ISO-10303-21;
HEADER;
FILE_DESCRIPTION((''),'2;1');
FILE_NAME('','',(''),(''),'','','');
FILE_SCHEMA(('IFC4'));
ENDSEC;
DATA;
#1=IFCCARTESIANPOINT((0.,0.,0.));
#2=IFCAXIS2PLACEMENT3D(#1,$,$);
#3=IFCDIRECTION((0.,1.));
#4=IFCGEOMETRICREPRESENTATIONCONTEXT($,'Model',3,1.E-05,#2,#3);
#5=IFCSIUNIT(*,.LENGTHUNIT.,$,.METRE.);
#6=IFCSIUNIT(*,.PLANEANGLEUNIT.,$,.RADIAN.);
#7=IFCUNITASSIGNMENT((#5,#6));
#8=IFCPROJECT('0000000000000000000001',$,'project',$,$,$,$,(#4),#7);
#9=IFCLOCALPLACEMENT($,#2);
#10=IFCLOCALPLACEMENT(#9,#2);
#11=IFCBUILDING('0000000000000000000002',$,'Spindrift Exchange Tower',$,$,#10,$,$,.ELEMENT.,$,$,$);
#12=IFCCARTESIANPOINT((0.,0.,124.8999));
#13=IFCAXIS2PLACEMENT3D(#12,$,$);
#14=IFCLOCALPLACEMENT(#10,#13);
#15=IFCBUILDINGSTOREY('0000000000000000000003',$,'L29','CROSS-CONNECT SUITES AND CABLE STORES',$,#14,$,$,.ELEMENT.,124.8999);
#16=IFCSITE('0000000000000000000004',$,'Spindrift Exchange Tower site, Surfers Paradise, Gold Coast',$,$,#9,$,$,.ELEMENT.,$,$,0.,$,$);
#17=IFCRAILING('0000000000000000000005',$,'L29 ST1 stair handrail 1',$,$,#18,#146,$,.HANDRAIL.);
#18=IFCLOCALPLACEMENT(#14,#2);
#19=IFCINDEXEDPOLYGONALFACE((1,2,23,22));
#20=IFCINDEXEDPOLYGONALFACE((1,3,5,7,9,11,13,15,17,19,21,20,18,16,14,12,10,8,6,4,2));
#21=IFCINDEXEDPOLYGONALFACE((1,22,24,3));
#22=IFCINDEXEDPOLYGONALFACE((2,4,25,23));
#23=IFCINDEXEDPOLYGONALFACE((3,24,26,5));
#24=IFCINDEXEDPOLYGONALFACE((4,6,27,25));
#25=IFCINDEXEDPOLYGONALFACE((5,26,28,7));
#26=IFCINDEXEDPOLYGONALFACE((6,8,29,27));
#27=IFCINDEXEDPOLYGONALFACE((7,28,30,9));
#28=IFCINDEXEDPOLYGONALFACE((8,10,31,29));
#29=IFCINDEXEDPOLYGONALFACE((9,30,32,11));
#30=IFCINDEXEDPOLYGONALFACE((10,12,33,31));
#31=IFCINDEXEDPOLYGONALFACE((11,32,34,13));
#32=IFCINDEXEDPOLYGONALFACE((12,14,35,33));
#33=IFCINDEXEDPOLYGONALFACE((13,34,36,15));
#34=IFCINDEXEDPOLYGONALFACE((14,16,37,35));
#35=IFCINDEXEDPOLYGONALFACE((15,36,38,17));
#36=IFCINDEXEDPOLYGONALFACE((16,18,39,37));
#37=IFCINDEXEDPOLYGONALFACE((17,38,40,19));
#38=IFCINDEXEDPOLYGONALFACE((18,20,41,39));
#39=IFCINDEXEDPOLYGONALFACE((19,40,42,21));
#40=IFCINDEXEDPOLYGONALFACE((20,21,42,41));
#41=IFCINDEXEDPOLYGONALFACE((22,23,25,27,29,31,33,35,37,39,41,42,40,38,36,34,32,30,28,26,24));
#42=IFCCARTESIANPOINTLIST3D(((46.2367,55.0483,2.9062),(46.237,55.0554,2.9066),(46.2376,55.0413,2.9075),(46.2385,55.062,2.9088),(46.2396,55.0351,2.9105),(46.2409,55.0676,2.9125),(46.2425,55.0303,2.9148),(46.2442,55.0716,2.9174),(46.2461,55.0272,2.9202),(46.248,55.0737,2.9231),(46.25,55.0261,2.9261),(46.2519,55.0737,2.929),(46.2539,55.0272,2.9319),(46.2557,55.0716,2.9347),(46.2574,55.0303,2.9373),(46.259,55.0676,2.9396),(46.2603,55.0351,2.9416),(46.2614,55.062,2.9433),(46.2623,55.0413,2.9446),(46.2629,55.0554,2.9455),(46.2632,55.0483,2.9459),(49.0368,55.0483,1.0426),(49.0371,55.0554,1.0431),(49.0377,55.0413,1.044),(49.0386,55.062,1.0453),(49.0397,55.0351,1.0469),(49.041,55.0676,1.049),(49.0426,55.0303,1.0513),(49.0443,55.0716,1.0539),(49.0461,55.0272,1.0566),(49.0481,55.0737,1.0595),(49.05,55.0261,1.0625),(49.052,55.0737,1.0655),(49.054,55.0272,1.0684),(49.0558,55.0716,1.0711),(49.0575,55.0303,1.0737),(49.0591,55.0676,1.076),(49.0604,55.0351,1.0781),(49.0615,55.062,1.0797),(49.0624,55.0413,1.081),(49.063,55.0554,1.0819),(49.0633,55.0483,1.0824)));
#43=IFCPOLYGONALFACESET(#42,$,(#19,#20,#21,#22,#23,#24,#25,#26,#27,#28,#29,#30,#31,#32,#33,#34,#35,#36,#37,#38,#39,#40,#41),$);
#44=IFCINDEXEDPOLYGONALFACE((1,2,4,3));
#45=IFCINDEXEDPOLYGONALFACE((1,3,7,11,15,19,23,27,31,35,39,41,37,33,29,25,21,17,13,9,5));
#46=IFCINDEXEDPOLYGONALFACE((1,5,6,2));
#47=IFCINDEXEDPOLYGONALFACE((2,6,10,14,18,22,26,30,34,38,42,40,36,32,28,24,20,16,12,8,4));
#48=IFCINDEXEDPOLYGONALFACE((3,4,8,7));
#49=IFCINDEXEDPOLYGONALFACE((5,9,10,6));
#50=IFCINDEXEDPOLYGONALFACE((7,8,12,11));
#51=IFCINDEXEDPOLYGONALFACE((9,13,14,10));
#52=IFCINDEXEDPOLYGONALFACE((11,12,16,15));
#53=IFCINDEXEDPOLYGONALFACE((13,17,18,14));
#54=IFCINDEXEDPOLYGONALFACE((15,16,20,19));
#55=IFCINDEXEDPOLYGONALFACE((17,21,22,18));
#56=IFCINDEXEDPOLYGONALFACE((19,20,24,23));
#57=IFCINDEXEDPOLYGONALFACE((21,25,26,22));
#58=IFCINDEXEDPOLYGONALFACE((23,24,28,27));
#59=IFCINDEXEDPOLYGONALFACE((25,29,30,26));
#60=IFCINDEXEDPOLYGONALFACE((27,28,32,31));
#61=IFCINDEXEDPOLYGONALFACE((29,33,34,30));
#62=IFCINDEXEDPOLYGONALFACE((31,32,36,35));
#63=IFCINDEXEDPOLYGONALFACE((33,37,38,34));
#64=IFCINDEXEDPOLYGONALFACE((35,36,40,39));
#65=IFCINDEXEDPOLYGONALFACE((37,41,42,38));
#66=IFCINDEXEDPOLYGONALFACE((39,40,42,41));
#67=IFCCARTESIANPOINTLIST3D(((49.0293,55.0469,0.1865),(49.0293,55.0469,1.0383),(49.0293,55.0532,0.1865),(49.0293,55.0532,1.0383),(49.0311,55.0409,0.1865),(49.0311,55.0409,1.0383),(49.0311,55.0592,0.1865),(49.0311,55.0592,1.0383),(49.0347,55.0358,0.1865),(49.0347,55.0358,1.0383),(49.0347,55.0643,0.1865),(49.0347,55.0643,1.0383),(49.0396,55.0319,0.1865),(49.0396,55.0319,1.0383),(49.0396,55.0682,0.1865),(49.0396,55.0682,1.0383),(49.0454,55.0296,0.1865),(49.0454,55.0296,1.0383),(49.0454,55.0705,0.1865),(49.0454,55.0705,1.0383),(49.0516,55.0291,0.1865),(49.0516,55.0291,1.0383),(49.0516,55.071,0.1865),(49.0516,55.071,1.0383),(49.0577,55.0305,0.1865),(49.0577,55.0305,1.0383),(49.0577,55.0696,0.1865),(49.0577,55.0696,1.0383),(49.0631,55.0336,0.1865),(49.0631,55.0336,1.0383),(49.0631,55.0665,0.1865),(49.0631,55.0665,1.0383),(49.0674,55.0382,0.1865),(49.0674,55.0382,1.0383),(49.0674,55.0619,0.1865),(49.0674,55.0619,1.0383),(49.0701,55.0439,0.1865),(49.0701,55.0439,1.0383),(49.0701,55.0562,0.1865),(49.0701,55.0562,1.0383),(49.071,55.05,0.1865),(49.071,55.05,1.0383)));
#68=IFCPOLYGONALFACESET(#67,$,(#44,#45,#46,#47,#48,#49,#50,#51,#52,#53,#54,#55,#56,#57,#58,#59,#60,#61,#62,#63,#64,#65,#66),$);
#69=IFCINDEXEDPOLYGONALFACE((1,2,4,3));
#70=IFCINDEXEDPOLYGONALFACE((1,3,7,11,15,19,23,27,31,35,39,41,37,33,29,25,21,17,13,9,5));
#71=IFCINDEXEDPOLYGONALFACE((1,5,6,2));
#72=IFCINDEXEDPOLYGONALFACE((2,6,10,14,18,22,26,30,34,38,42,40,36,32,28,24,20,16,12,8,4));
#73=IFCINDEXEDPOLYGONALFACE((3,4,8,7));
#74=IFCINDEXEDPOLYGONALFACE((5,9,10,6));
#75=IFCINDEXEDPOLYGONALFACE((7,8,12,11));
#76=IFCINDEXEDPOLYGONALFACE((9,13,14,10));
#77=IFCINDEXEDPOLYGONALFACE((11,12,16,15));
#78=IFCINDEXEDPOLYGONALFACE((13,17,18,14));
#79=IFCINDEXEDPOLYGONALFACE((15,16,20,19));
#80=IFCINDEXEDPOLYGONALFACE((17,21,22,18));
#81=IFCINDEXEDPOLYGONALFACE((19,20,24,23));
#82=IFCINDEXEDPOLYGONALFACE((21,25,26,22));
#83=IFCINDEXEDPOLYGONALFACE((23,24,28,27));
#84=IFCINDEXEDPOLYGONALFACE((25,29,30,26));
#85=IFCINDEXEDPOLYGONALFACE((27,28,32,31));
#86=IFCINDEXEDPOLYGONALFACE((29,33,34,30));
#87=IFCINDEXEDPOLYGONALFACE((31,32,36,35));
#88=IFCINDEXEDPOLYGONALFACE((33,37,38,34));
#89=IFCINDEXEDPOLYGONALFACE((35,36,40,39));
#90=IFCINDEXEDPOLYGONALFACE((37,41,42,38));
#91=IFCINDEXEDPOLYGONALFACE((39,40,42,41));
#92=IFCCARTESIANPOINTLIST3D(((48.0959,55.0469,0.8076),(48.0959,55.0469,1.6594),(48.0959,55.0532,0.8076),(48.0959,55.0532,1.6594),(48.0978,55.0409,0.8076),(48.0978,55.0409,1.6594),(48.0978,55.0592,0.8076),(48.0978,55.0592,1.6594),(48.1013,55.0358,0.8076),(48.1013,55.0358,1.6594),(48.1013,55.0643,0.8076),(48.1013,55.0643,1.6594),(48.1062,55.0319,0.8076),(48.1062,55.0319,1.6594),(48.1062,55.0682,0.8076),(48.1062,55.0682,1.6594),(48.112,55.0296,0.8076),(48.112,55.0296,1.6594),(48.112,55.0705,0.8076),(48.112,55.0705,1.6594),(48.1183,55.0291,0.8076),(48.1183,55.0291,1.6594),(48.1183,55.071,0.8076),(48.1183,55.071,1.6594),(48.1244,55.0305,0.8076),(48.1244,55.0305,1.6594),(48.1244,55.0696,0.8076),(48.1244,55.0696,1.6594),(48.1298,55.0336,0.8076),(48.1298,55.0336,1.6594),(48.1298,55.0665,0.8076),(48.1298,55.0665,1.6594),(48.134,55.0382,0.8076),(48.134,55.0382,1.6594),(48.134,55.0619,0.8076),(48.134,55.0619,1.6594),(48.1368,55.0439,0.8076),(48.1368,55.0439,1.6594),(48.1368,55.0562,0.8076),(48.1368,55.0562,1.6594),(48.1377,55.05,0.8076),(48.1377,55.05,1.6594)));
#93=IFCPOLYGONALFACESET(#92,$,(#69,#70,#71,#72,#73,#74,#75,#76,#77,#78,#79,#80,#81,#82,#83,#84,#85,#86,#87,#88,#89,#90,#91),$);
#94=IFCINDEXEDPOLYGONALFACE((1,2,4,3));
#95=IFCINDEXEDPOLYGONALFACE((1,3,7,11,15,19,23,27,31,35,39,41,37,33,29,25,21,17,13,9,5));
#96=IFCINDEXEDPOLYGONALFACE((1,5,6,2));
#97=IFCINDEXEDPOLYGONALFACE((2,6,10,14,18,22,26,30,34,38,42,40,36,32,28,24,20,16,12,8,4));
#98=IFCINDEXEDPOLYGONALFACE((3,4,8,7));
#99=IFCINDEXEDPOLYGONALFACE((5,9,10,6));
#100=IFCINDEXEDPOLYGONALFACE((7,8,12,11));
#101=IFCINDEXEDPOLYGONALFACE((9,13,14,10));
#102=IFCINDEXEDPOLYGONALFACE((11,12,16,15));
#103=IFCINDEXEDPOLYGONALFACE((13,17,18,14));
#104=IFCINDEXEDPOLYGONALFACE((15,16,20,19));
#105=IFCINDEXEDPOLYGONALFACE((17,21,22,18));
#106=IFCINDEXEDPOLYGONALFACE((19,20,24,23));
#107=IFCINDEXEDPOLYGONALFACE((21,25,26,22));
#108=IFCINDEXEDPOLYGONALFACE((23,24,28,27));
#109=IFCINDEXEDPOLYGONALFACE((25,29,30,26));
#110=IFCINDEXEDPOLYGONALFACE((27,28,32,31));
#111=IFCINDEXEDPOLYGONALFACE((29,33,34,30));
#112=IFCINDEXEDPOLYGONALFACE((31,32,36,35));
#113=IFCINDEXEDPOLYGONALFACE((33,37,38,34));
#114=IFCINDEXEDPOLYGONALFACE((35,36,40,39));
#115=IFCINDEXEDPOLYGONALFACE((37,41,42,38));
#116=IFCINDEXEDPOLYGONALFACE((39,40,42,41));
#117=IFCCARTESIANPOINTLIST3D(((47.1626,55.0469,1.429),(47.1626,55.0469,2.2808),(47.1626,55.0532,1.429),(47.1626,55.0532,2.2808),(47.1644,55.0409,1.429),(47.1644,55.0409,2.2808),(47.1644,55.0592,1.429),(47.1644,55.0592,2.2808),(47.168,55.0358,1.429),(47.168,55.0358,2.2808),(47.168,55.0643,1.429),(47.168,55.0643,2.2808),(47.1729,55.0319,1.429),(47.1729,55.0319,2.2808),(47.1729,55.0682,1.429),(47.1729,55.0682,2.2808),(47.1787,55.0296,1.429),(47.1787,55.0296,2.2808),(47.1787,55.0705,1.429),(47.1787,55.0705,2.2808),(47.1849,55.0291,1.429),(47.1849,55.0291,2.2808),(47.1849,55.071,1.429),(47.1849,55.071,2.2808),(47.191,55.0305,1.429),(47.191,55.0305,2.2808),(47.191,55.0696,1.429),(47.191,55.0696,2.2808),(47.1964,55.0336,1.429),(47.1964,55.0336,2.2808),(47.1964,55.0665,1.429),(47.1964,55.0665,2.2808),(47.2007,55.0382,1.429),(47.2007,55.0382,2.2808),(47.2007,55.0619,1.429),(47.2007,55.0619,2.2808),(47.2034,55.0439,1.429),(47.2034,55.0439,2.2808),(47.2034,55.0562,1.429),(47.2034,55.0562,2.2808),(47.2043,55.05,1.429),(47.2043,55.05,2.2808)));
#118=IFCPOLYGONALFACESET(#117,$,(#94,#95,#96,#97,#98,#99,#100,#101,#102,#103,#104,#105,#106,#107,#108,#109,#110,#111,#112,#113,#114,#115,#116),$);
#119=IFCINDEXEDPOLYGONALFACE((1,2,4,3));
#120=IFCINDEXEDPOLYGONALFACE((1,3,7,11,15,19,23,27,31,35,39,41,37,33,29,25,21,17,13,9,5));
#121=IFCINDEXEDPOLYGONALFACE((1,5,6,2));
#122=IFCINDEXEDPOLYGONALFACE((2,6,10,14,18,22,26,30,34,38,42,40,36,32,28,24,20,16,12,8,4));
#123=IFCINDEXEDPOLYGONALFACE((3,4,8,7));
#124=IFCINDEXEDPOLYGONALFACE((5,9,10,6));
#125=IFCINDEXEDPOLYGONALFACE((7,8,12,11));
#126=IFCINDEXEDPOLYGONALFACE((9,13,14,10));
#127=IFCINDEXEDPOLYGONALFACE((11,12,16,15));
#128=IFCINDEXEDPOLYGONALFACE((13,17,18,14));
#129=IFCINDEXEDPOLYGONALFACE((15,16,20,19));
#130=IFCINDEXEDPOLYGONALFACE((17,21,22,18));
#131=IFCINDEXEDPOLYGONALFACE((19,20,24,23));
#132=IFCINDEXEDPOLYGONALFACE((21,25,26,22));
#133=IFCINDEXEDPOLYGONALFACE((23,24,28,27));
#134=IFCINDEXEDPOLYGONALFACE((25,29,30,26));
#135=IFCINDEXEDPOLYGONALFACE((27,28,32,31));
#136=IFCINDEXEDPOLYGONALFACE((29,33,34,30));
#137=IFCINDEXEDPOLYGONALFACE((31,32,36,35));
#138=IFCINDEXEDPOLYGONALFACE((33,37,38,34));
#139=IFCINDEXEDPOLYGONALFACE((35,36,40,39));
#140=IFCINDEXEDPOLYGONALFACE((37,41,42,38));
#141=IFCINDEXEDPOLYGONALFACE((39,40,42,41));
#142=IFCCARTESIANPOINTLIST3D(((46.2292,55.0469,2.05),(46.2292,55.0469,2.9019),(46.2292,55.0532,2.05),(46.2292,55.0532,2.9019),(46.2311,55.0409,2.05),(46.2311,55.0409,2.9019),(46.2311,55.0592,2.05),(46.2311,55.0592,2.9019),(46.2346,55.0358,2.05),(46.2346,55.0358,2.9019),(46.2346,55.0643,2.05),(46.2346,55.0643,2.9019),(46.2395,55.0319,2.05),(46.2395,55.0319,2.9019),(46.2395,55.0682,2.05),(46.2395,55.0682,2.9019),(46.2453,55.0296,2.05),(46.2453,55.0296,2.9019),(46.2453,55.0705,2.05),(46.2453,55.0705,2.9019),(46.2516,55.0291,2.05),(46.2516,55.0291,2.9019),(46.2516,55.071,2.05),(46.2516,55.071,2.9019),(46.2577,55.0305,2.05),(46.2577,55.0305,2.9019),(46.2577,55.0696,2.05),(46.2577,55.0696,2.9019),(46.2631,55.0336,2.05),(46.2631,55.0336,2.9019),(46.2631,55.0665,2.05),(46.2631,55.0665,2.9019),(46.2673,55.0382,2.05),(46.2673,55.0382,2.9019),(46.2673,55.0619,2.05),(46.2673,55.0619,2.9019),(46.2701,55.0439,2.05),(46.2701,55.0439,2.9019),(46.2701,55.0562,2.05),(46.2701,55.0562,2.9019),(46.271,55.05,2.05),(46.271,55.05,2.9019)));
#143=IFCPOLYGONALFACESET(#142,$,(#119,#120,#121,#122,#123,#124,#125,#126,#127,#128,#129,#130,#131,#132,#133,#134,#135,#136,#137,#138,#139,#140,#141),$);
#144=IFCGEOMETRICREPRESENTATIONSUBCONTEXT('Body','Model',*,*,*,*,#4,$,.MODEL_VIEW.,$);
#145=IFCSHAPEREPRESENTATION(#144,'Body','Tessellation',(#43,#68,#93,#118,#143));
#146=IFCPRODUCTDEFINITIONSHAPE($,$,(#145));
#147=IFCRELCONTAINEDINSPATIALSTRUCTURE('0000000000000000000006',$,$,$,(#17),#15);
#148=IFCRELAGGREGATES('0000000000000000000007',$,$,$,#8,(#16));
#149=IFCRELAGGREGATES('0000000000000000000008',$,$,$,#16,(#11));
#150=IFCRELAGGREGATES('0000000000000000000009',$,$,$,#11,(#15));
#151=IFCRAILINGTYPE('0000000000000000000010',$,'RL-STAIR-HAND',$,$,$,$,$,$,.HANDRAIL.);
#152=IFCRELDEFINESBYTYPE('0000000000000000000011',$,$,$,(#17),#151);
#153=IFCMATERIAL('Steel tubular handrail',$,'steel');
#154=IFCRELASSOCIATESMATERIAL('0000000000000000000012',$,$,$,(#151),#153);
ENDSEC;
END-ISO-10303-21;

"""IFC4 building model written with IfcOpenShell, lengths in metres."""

from ifc_helpers import new_model, si_unit, direction, frame, origin, origin_2d, place, context, subcontext, project, spatial, circle, extrude, material, type_object, element, save


model = new_model("IFC4")

# Units and contexts
model_context = context("Model", 3, precision=1e-05, world=origin(), true_north=direction((0.0, 1.0)))
body_context = subcontext(model_context, "Body", "Model", "MODEL_VIEW")
ifc_project = project(units=[si_unit("LENGTHUNIT", "METRE"), si_unit("PLANEANGLEUNIT", "RADIAN")], contexts=[model_context])

# Site, building, storey
site_placement = place(None, origin())
site = spatial("IfcSite", under=ifc_project, at=site_placement, Name="Spindrift Exchange Tower site, Surfers Paradise, Gold Coast", CompositionType="ELEMENT", RefElevation=0.0)
building_placement = place(site_placement, origin())
building = spatial("IfcBuilding", under=site, at=building_placement, Name="Spindrift Exchange Tower", CompositionType="ELEMENT")
storey_placement = place(building_placement, frame((0.0, 0.0, 124.8999)))
storey = spatial("IfcBuildingStorey", under=building, at=storey_placement, Name="L29", Description="CROSS-CONNECT SUITES AND CABLE STORES", CompositionType="ELEMENT", Elevation=124.8999)

# Railing
ifc_material_1 = material(Name="Steel tubular handrail", Category="steel")
railing_type_1 = type_object("IfcRailingType", Name="RL-STAIR-HAND", PredefinedType="HANDRAIL", material=ifc_material_1)
railing_1_placement = place(storey_placement, frame((49.05, 55.05, 0.1865)))
element("IfcRailing", 1, at=railing_1_placement, inside=storey, type_object=railing_type_1, Name="L29 ST1 stair handrail 1", PredefinedType="HANDRAIL", context=body_context, shape_type="SweptSolid", body=[
    extrude(circle(Radius=0.0239, at=origin_2d()), frame((0.0, 0.0, 0.876), z_axis=(-0.832486, 0.0, 0.554047), x_axis=(0.0, -1.0, 0.0)), (0.0, 0.0, 1.0), 3.3635),
    extrude(circle(Radius=0.021, at=origin_2d()), origin(), (0.0, 0.0, 1.0), 0.8518),
    extrude(circle(Radius=0.021, at=origin_2d()), frame((-0.9333, 0.0, 0.6211)), (0.0, 0.0, 1.0), 0.8518),
    extrude(circle(Radius=0.021, at=origin_2d()), frame((-1.8667, 0.0, 1.2424)), (0.0, 0.0, 1.0), 0.8518),
    extrude(circle(Radius=0.021, at=origin_2d()), frame((-2.8, 0.0, 1.8635)), (0.0, 0.0, 1.0), 0.8518),
])

save(model, "model.ifc")
